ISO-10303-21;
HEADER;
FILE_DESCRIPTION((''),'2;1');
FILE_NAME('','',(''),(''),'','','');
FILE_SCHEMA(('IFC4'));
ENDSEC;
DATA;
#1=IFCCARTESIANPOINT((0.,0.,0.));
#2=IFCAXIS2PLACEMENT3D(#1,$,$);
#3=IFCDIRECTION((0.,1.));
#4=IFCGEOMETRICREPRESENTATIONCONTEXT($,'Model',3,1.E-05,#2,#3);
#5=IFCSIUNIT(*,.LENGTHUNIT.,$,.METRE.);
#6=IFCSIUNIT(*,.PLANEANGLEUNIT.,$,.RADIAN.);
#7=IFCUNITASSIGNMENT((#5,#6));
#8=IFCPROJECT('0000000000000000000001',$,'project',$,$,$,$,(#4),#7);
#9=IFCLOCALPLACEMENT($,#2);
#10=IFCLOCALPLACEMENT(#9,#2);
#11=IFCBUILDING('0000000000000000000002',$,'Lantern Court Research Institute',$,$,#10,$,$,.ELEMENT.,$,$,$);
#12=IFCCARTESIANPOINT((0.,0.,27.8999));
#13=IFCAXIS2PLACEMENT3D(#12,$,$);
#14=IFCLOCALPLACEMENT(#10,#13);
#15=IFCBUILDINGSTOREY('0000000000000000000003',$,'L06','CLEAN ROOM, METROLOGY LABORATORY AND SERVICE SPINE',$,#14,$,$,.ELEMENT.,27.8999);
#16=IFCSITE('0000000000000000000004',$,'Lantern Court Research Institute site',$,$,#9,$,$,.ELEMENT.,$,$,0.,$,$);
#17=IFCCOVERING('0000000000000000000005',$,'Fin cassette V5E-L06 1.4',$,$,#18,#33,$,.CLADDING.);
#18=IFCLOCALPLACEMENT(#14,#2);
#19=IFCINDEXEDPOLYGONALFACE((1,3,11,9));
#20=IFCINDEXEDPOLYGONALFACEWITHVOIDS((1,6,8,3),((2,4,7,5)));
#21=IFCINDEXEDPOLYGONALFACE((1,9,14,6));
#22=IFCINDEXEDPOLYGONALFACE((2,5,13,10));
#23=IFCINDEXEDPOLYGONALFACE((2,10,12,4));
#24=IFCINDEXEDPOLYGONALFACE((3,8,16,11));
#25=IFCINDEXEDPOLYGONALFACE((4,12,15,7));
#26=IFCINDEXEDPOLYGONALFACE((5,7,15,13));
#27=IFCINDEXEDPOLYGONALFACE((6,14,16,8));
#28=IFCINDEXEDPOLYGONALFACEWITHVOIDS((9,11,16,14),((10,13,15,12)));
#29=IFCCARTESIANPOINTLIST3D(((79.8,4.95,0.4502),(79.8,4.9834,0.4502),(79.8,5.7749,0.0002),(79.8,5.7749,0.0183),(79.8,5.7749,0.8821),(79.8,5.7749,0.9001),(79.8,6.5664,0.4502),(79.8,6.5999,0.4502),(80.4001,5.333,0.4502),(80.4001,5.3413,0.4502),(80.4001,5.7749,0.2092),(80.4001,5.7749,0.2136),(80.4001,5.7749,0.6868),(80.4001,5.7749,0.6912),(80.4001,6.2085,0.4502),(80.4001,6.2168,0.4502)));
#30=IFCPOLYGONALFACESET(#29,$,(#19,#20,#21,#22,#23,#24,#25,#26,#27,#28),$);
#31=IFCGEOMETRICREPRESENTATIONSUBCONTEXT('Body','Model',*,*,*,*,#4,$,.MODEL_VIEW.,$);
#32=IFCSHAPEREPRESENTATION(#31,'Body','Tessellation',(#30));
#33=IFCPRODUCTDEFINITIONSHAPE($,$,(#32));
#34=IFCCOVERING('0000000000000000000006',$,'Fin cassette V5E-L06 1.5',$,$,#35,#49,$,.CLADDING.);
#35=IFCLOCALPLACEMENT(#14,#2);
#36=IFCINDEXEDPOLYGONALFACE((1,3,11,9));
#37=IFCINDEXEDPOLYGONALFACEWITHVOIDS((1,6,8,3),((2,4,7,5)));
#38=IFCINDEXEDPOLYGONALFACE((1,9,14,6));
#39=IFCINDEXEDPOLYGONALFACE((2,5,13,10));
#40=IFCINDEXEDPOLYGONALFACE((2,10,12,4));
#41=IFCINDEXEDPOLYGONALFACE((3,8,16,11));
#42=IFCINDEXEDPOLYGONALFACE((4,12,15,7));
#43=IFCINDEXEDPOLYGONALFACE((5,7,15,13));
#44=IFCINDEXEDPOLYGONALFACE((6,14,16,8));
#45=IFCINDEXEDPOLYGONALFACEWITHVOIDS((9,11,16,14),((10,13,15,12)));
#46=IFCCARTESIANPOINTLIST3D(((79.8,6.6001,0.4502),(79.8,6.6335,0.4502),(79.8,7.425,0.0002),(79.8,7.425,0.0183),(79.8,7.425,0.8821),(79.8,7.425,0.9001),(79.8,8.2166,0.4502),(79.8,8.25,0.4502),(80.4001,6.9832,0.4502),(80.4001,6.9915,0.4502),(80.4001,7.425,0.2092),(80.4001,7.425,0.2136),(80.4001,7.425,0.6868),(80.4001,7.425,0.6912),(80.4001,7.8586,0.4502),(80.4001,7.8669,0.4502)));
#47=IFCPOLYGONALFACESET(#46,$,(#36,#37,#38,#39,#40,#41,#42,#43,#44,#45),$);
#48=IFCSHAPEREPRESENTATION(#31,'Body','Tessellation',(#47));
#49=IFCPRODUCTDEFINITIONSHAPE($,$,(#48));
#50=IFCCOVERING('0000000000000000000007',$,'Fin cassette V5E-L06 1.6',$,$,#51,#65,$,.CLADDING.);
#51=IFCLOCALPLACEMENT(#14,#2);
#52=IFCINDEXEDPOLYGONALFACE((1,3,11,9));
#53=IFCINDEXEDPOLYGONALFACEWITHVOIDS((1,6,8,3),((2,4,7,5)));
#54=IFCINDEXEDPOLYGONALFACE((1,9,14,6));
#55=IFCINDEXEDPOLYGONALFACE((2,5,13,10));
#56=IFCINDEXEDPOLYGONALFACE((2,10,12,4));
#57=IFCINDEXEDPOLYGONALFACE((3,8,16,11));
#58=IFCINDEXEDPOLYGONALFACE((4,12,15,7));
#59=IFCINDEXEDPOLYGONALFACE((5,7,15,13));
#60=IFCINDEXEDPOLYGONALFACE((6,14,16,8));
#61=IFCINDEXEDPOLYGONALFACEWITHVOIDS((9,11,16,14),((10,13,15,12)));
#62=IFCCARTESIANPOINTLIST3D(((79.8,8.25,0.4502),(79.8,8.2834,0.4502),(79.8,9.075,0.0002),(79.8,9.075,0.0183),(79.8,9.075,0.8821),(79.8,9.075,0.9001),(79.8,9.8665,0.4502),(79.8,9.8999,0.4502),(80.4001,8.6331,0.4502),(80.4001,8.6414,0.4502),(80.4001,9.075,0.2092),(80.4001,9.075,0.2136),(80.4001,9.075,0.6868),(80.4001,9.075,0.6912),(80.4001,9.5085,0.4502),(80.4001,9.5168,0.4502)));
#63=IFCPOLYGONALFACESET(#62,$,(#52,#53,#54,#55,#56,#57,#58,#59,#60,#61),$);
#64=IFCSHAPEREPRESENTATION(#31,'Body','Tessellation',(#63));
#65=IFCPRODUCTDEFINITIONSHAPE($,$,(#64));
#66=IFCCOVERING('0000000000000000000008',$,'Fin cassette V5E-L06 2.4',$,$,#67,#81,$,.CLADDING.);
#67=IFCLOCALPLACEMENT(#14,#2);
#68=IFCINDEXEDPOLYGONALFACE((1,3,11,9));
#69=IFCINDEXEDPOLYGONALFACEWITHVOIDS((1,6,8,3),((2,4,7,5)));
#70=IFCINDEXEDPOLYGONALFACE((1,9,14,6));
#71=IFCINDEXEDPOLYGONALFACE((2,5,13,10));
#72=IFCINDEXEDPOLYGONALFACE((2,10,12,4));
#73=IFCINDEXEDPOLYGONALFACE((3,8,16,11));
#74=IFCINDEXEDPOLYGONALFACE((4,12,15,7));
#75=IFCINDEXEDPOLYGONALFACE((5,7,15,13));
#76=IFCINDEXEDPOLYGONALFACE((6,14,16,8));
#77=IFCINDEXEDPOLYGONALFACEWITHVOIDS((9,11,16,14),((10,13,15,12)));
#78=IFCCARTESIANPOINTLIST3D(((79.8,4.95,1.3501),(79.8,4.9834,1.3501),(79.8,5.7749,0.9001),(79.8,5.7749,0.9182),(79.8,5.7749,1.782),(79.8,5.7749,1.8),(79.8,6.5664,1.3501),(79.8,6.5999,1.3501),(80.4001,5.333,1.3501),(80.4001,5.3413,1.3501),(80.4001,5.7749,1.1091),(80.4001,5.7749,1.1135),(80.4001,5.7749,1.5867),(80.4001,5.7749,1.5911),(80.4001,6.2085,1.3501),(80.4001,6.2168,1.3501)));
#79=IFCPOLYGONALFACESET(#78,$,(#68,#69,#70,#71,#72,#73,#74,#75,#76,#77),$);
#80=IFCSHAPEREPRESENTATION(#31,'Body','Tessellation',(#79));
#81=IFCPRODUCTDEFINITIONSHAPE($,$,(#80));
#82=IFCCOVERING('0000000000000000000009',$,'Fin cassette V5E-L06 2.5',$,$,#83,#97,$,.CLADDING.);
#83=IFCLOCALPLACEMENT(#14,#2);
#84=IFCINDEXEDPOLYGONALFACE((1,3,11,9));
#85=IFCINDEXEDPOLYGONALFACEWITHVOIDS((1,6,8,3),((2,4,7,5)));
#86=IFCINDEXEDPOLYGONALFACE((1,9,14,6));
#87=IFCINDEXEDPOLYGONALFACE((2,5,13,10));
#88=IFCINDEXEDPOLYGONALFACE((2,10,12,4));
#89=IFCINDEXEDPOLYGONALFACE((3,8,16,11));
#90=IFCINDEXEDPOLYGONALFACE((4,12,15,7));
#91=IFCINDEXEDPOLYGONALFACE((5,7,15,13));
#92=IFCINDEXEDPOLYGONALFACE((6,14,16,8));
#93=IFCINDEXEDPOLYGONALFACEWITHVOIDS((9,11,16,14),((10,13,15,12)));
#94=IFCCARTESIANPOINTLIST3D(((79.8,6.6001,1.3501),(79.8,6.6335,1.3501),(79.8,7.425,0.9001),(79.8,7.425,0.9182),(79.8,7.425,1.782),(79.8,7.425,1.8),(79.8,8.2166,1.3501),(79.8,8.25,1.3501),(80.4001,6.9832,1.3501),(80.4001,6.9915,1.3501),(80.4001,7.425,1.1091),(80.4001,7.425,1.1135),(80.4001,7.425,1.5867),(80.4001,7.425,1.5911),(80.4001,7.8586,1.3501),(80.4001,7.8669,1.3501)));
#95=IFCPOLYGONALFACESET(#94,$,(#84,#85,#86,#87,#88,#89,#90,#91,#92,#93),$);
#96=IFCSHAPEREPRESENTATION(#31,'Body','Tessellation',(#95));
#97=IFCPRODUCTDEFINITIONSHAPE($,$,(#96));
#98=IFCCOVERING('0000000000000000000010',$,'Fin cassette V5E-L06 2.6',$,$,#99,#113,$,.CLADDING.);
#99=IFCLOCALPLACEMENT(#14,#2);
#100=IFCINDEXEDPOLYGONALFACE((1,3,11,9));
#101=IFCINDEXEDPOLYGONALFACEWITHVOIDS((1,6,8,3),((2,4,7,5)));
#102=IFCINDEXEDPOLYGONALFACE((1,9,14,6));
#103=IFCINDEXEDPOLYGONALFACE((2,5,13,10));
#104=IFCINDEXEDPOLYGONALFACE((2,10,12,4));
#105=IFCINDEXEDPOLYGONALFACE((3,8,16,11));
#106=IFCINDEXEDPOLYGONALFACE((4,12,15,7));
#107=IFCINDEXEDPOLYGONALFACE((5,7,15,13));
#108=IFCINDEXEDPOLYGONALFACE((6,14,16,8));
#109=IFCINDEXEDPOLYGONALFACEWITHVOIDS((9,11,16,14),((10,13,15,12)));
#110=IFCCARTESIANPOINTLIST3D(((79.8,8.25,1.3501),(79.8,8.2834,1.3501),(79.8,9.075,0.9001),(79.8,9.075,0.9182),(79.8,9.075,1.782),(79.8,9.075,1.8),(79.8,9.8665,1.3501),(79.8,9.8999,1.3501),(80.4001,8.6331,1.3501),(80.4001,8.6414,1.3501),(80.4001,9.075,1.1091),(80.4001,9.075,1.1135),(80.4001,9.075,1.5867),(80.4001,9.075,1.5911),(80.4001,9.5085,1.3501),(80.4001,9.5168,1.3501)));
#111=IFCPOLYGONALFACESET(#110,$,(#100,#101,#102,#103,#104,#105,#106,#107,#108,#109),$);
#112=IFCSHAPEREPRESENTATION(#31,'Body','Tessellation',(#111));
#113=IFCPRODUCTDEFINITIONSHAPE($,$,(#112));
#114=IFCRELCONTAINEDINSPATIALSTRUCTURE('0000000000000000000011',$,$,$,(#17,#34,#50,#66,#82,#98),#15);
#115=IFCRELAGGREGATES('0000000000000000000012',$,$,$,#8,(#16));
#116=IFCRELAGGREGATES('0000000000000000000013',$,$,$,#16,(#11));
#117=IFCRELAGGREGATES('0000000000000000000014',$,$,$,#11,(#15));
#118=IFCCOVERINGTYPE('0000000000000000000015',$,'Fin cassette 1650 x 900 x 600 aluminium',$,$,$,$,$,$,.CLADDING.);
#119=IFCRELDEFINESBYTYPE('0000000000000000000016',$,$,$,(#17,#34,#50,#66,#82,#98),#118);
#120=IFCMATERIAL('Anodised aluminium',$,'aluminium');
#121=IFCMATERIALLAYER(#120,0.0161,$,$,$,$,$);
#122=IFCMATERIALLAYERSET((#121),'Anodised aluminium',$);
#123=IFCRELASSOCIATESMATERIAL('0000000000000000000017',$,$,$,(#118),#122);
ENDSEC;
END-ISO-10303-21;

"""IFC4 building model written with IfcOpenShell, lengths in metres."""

from ifc_helpers import new_model, entity, si_unit, direction, frame, origin, place, context, subcontext, project, spatial, material, layer, layer_set, type_object, element, save


model = new_model("IFC4")

# Units and contexts
model_context = context("Model", 3, precision=1e-05, world=origin(), true_north=direction((0.0, 1.0)))
body_context = subcontext(model_context, "Body", "Model", "MODEL_VIEW")
ifc_project = project(units=[si_unit("LENGTHUNIT", "METRE"), si_unit("PLANEANGLEUNIT", "RADIAN")], contexts=[model_context])

# Site, building, storey
site_placement = place(None, origin())
site = spatial("IfcSite", under=ifc_project, at=site_placement, Name="Lantern Court Research Institute site", CompositionType="ELEMENT", RefElevation=0.0)
building_placement = place(site_placement, origin())
building = spatial("IfcBuilding", under=site, at=building_placement, Name="Lantern Court Research Institute", CompositionType="ELEMENT")
storey_placement = place(building_placement, frame((0.0, 0.0, 27.8999)))
storey = spatial("IfcBuildingStorey", under=building, at=storey_placement, Name="L06", Description="CLEAN ROOM, METROLOGY LABORATORY AND SERVICE SPINE", CompositionType="ELEMENT", Elevation=27.8999)

# Coverings
ifc_material_1 = material(Name="Anodised aluminium", Category="aluminium")
ifc_layer_1 = layer(ifc_material_1, 0.0161)
ifc_layer_set_1 = layer_set([ifc_layer_1], Name="Anodised aluminium")
covering_type = type_object("IfcCoveringType", Name="Fin cassette 1650 x 900 x 600 aluminium", PredefinedType="CLADDING", material=ifc_layer_set_1)
covering_1_placement = place(storey_placement, frame((79.8, 5.7749, 0.4502), z_axis=(1.0, 0.0, 0.0), x_axis=(0.0, 1.0, 0.0)))
cartesian_point_1 = entity("IfcCartesianPoint", [0.825, 0.0])
cartesian_point_2 = entity("IfcCartesianPoint", [0.7915, 0.0])
cartesian_point_3 = entity("IfcCartesianPoint", [0.4419, 0.0])
cartesian_point_4 = entity("IfcCartesianPoint", [0.4336, 0.0])
element("IfcCovering", 1, at=covering_1_placement, inside=storey, type_object=covering_type, Name="Fin cassette V5E-L06 1.4", PredefinedType="CLADDING", context=body_context, shape_type="SweptSolid", body=[
    entity("IfcExtrudedAreaSolidTapered", entity("IfcArbitraryProfileDefWithVoids", "AREA", None, entity("IfcPolyline", [cartesian_point_1, entity("IfcCartesianPoint", [0.0, 0.45]), entity("IfcCartesianPoint", [-0.825, 0.0]), entity("IfcCartesianPoint", [0.0, -0.45]), cartesian_point_1]), [entity("IfcPolyline", [cartesian_point_2, entity("IfcCartesianPoint", [0.0, 0.4319]), entity("IfcCartesianPoint", [-0.7915, 0.0]), entity("IfcCartesianPoint", [0.0, -0.4319]), cartesian_point_2])]), entity("IfcAxis2Placement3D", entity("IfcCartesianPoint", [0.0, 0.0, 0.0])), entity("IfcDirection", [0.0, 0.0, 1.0]), 0.6001, entity("IfcArbitraryProfileDefWithVoids", "AREA", None, entity("IfcPolyline", [cartesian_point_3, entity("IfcCartesianPoint", [0.0, 0.241]), entity("IfcCartesianPoint", [-0.4419, 0.0]), entity("IfcCartesianPoint", [0.0, -0.241]), cartesian_point_3]), [entity("IfcPolyline", [cartesian_point_4, entity("IfcCartesianPoint", [0.0, 0.2366]), entity("IfcCartesianPoint", [-0.4336, 0.0]), entity("IfcCartesianPoint", [0.0, -0.2366]), cartesian_point_4])])),
])
covering_2_placement = place(storey_placement, frame((79.8, 7.425, 0.4502), z_axis=(1.0, 0.0, 0.0), x_axis=(0.0, 1.0, 0.0)))
cartesian_point_5 = entity("IfcCartesianPoint", [0.825, 0.0])
cartesian_point_6 = entity("IfcCartesianPoint", [0.7915, 0.0])
cartesian_point_7 = entity("IfcCartesianPoint", [0.4419, 0.0])
cartesian_point_8 = entity("IfcCartesianPoint", [0.4336, 0.0])
element("IfcCovering", 2, at=covering_2_placement, inside=storey, type_object=covering_type, Name="Fin cassette V5E-L06 1.5", PredefinedType="CLADDING", context=body_context, shape_type="SweptSolid", body=[
    entity("IfcExtrudedAreaSolidTapered", entity("IfcArbitraryProfileDefWithVoids", "AREA", None, entity("IfcPolyline", [cartesian_point_5, entity("IfcCartesianPoint", [0.0, 0.45]), entity("IfcCartesianPoint", [-0.825, 0.0]), entity("IfcCartesianPoint", [0.0, -0.45]), cartesian_point_5]), [entity("IfcPolyline", [cartesian_point_6, entity("IfcCartesianPoint", [0.0, 0.4319]), entity("IfcCartesianPoint", [-0.7915, 0.0]), entity("IfcCartesianPoint", [0.0, -0.4319]), cartesian_point_6])]), entity("IfcAxis2Placement3D", entity("IfcCartesianPoint", [0.0, 0.0, 0.0])), entity("IfcDirection", [0.0, 0.0, 1.0]), 0.6001, entity("IfcArbitraryProfileDefWithVoids", "AREA", None, entity("IfcPolyline", [cartesian_point_7, entity("IfcCartesianPoint", [0.0, 0.241]), entity("IfcCartesianPoint", [-0.4419, 0.0]), entity("IfcCartesianPoint", [0.0, -0.241]), cartesian_point_7]), [entity("IfcPolyline", [cartesian_point_8, entity("IfcCartesianPoint", [0.0, 0.2366]), entity("IfcCartesianPoint", [-0.4336, 0.0]), entity("IfcCartesianPoint", [0.0, -0.2366]), cartesian_point_8])])),
])
covering_3_placement = place(storey_placement, frame((79.8, 9.075, 0.4502), z_axis=(1.0, 0.0, 0.0), x_axis=(0.0, 1.0, 0.0)))
cartesian_point_9 = entity("IfcCartesianPoint", [0.825, 0.0])
cartesian_point_10 = entity("IfcCartesianPoint", [0.7915, 0.0])
cartesian_point_11 = entity("IfcCartesianPoint", [0.4419, 0.0])
cartesian_point_12 = entity("IfcCartesianPoint", [0.4336, 0.0])
element("IfcCovering", 3, at=covering_3_placement, inside=storey, type_object=covering_type, Name="Fin cassette V5E-L06 1.6", PredefinedType="CLADDING", context=body_context, shape_type="SweptSolid", body=[
    entity("IfcExtrudedAreaSolidTapered", entity("IfcArbitraryProfileDefWithVoids", "AREA", None, entity("IfcPolyline", [cartesian_point_9, entity("IfcCartesianPoint", [0.0, 0.45]), entity("IfcCartesianPoint", [-0.825, 0.0]), entity("IfcCartesianPoint", [0.0, -0.45]), cartesian_point_9]), [entity("IfcPolyline", [cartesian_point_10, entity("IfcCartesianPoint", [0.0, 0.4319]), entity("IfcCartesianPoint", [-0.7915, 0.0]), entity("IfcCartesianPoint", [0.0, -0.4319]), cartesian_point_10])]), entity("IfcAxis2Placement3D", entity("IfcCartesianPoint", [0.0, 0.0, 0.0])), entity("IfcDirection", [0.0, 0.0, 1.0]), 0.6001, entity("IfcArbitraryProfileDefWithVoids", "AREA", None, entity("IfcPolyline", [cartesian_point_11, entity("IfcCartesianPoint", [0.0, 0.241]), entity("IfcCartesianPoint", [-0.4419, 0.0]), entity("IfcCartesianPoint", [0.0, -0.241]), cartesian_point_11]), [entity("IfcPolyline", [cartesian_point_12, entity("IfcCartesianPoint", [0.0, 0.2366]), entity("IfcCartesianPoint", [-0.4336, 0.0]), entity("IfcCartesianPoint", [0.0, -0.2366]), cartesian_point_12])])),
])
covering_4_placement = place(storey_placement, frame((79.8, 5.7749, 1.3501), z_axis=(1.0, 0.0, 0.0), x_axis=(0.0, 1.0, 0.0)))
cartesian_point_13 = entity("IfcCartesianPoint", [0.825, 0.0])
cartesian_point_14 = entity("IfcCartesianPoint", [0.7915, 0.0])
cartesian_point_15 = entity("IfcCartesianPoint", [0.4419, 0.0])
cartesian_point_16 = entity("IfcCartesianPoint", [0.4336, 0.0])
element("IfcCovering", 4, at=covering_4_placement, inside=storey, type_object=covering_type, Name="Fin cassette V5E-L06 2.4", PredefinedType="CLADDING", context=body_context, shape_type="SweptSolid", body=[
    entity("IfcExtrudedAreaSolidTapered", entity("IfcArbitraryProfileDefWithVoids", "AREA", None, entity("IfcPolyline", [cartesian_point_13, entity("IfcCartesianPoint", [0.0, 0.45]), entity("IfcCartesianPoint", [-0.825, 0.0]), entity("IfcCartesianPoint", [0.0, -0.45]), cartesian_point_13]), [entity("IfcPolyline", [cartesian_point_14, entity("IfcCartesianPoint", [0.0, 0.4319]), entity("IfcCartesianPoint", [-0.7915, 0.0]), entity("IfcCartesianPoint", [0.0, -0.4319]), cartesian_point_14])]), entity("IfcAxis2Placement3D", entity("IfcCartesianPoint", [0.0, 0.0, 0.0])), entity("IfcDirection", [0.0, 0.0, 1.0]), 0.6001, entity("IfcArbitraryProfileDefWithVoids", "AREA", None, entity("IfcPolyline", [cartesian_point_15, entity("IfcCartesianPoint", [0.0, 0.241]), entity("IfcCartesianPoint", [-0.4419, 0.0]), entity("IfcCartesianPoint", [0.0, -0.241]), cartesian_point_15]), [entity("IfcPolyline", [cartesian_point_16, entity("IfcCartesianPoint", [0.0, 0.2366]), entity("IfcCartesianPoint", [-0.4336, 0.0]), entity("IfcCartesianPoint", [0.0, -0.2366]), cartesian_point_16])])),
])
covering_5_placement = place(storey_placement, frame((79.8, 7.425, 1.3501), z_axis=(1.0, 0.0, 0.0), x_axis=(0.0, 1.0, 0.0)))
cartesian_point_17 = entity("IfcCartesianPoint", [0.825, 0.0])
cartesian_point_18 = entity("IfcCartesianPoint", [0.7915, 0.0])
cartesian_point_19 = entity("IfcCartesianPoint", [0.4419, 0.0])
cartesian_point_20 = entity("IfcCartesianPoint", [0.4336, 0.0])
element("IfcCovering", 5, at=covering_5_placement, inside=storey, type_object=covering_type, Name="Fin cassette V5E-L06 2.5", PredefinedType="CLADDING", context=body_context, shape_type="SweptSolid", body=[
    entity("IfcExtrudedAreaSolidTapered", entity("IfcArbitraryProfileDefWithVoids", "AREA", None, entity("IfcPolyline", [cartesian_point_17, entity("IfcCartesianPoint", [0.0, 0.45]), entity("IfcCartesianPoint", [-0.825, 0.0]), entity("IfcCartesianPoint", [0.0, -0.45]), cartesian_point_17]), [entity("IfcPolyline", [cartesian_point_18, entity("IfcCartesianPoint", [0.0, 0.4319]), entity("IfcCartesianPoint", [-0.7915, 0.0]), entity("IfcCartesianPoint", [0.0, -0.4319]), cartesian_point_18])]), entity("IfcAxis2Placement3D", entity("IfcCartesianPoint", [0.0, 0.0, 0.0])), entity("IfcDirection", [0.0, 0.0, 1.0]), 0.6001, entity("IfcArbitraryProfileDefWithVoids", "AREA", None, entity("IfcPolyline", [cartesian_point_19, entity("IfcCartesianPoint", [0.0, 0.241]), entity("IfcCartesianPoint", [-0.4419, 0.0]), entity("IfcCartesianPoint", [0.0, -0.241]), cartesian_point_19]), [entity("IfcPolyline", [cartesian_point_20, entity("IfcCartesianPoint", [0.0, 0.2366]), entity("IfcCartesianPoint", [-0.4336, 0.0]), entity("IfcCartesianPoint", [0.0, -0.2366]), cartesian_point_20])])),
])
covering_6_placement = place(storey_placement, frame((79.8, 9.075, 1.3501), z_axis=(1.0, 0.0, 0.0), x_axis=(0.0, 1.0, 0.0)))
cartesian_point_21 = entity("IfcCartesianPoint", [0.825, 0.0])
cartesian_point_22 = entity("IfcCartesianPoint", [0.7915, 0.0])
cartesian_point_23 = entity("IfcCartesianPoint", [0.4419, 0.0])
cartesian_point_24 = entity("IfcCartesianPoint", [0.4336, 0.0])
element("IfcCovering", 6, at=covering_6_placement, inside=storey, type_object=covering_type, Name="Fin cassette V5E-L06 2.6", PredefinedType="CLADDING", context=body_context, shape_type="SweptSolid", body=[
    entity("IfcExtrudedAreaSolidTapered", entity("IfcArbitraryProfileDefWithVoids", "AREA", None, entity("IfcPolyline", [cartesian_point_21, entity("IfcCartesianPoint", [0.0, 0.45]), entity("IfcCartesianPoint", [-0.825, 0.0]), entity("IfcCartesianPoint", [0.0, -0.45]), cartesian_point_21]), [entity("IfcPolyline", [cartesian_point_22, entity("IfcCartesianPoint", [0.0, 0.4319]), entity("IfcCartesianPoint", [-0.7915, 0.0]), entity("IfcCartesianPoint", [0.0, -0.4319]), cartesian_point_22])]), entity("IfcAxis2Placement3D", entity("IfcCartesianPoint", [0.0, 0.0, 0.0])), entity("IfcDirection", [0.0, 0.0, 1.0]), 0.6001, entity("IfcArbitraryProfileDefWithVoids", "AREA", None, entity("IfcPolyline", [cartesian_point_23, entity("IfcCartesianPoint", [0.0, 0.241]), entity("IfcCartesianPoint", [-0.4419, 0.0]), entity("IfcCartesianPoint", [0.0, -0.241]), cartesian_point_23]), [entity("IfcPolyline", [cartesian_point_24, entity("IfcCartesianPoint", [0.0, 0.2366]), entity("IfcCartesianPoint", [-0.4336, 0.0]), entity("IfcCartesianPoint", [0.0, -0.2366]), cartesian_point_24])])),
])

save(model, "model.ifc")
